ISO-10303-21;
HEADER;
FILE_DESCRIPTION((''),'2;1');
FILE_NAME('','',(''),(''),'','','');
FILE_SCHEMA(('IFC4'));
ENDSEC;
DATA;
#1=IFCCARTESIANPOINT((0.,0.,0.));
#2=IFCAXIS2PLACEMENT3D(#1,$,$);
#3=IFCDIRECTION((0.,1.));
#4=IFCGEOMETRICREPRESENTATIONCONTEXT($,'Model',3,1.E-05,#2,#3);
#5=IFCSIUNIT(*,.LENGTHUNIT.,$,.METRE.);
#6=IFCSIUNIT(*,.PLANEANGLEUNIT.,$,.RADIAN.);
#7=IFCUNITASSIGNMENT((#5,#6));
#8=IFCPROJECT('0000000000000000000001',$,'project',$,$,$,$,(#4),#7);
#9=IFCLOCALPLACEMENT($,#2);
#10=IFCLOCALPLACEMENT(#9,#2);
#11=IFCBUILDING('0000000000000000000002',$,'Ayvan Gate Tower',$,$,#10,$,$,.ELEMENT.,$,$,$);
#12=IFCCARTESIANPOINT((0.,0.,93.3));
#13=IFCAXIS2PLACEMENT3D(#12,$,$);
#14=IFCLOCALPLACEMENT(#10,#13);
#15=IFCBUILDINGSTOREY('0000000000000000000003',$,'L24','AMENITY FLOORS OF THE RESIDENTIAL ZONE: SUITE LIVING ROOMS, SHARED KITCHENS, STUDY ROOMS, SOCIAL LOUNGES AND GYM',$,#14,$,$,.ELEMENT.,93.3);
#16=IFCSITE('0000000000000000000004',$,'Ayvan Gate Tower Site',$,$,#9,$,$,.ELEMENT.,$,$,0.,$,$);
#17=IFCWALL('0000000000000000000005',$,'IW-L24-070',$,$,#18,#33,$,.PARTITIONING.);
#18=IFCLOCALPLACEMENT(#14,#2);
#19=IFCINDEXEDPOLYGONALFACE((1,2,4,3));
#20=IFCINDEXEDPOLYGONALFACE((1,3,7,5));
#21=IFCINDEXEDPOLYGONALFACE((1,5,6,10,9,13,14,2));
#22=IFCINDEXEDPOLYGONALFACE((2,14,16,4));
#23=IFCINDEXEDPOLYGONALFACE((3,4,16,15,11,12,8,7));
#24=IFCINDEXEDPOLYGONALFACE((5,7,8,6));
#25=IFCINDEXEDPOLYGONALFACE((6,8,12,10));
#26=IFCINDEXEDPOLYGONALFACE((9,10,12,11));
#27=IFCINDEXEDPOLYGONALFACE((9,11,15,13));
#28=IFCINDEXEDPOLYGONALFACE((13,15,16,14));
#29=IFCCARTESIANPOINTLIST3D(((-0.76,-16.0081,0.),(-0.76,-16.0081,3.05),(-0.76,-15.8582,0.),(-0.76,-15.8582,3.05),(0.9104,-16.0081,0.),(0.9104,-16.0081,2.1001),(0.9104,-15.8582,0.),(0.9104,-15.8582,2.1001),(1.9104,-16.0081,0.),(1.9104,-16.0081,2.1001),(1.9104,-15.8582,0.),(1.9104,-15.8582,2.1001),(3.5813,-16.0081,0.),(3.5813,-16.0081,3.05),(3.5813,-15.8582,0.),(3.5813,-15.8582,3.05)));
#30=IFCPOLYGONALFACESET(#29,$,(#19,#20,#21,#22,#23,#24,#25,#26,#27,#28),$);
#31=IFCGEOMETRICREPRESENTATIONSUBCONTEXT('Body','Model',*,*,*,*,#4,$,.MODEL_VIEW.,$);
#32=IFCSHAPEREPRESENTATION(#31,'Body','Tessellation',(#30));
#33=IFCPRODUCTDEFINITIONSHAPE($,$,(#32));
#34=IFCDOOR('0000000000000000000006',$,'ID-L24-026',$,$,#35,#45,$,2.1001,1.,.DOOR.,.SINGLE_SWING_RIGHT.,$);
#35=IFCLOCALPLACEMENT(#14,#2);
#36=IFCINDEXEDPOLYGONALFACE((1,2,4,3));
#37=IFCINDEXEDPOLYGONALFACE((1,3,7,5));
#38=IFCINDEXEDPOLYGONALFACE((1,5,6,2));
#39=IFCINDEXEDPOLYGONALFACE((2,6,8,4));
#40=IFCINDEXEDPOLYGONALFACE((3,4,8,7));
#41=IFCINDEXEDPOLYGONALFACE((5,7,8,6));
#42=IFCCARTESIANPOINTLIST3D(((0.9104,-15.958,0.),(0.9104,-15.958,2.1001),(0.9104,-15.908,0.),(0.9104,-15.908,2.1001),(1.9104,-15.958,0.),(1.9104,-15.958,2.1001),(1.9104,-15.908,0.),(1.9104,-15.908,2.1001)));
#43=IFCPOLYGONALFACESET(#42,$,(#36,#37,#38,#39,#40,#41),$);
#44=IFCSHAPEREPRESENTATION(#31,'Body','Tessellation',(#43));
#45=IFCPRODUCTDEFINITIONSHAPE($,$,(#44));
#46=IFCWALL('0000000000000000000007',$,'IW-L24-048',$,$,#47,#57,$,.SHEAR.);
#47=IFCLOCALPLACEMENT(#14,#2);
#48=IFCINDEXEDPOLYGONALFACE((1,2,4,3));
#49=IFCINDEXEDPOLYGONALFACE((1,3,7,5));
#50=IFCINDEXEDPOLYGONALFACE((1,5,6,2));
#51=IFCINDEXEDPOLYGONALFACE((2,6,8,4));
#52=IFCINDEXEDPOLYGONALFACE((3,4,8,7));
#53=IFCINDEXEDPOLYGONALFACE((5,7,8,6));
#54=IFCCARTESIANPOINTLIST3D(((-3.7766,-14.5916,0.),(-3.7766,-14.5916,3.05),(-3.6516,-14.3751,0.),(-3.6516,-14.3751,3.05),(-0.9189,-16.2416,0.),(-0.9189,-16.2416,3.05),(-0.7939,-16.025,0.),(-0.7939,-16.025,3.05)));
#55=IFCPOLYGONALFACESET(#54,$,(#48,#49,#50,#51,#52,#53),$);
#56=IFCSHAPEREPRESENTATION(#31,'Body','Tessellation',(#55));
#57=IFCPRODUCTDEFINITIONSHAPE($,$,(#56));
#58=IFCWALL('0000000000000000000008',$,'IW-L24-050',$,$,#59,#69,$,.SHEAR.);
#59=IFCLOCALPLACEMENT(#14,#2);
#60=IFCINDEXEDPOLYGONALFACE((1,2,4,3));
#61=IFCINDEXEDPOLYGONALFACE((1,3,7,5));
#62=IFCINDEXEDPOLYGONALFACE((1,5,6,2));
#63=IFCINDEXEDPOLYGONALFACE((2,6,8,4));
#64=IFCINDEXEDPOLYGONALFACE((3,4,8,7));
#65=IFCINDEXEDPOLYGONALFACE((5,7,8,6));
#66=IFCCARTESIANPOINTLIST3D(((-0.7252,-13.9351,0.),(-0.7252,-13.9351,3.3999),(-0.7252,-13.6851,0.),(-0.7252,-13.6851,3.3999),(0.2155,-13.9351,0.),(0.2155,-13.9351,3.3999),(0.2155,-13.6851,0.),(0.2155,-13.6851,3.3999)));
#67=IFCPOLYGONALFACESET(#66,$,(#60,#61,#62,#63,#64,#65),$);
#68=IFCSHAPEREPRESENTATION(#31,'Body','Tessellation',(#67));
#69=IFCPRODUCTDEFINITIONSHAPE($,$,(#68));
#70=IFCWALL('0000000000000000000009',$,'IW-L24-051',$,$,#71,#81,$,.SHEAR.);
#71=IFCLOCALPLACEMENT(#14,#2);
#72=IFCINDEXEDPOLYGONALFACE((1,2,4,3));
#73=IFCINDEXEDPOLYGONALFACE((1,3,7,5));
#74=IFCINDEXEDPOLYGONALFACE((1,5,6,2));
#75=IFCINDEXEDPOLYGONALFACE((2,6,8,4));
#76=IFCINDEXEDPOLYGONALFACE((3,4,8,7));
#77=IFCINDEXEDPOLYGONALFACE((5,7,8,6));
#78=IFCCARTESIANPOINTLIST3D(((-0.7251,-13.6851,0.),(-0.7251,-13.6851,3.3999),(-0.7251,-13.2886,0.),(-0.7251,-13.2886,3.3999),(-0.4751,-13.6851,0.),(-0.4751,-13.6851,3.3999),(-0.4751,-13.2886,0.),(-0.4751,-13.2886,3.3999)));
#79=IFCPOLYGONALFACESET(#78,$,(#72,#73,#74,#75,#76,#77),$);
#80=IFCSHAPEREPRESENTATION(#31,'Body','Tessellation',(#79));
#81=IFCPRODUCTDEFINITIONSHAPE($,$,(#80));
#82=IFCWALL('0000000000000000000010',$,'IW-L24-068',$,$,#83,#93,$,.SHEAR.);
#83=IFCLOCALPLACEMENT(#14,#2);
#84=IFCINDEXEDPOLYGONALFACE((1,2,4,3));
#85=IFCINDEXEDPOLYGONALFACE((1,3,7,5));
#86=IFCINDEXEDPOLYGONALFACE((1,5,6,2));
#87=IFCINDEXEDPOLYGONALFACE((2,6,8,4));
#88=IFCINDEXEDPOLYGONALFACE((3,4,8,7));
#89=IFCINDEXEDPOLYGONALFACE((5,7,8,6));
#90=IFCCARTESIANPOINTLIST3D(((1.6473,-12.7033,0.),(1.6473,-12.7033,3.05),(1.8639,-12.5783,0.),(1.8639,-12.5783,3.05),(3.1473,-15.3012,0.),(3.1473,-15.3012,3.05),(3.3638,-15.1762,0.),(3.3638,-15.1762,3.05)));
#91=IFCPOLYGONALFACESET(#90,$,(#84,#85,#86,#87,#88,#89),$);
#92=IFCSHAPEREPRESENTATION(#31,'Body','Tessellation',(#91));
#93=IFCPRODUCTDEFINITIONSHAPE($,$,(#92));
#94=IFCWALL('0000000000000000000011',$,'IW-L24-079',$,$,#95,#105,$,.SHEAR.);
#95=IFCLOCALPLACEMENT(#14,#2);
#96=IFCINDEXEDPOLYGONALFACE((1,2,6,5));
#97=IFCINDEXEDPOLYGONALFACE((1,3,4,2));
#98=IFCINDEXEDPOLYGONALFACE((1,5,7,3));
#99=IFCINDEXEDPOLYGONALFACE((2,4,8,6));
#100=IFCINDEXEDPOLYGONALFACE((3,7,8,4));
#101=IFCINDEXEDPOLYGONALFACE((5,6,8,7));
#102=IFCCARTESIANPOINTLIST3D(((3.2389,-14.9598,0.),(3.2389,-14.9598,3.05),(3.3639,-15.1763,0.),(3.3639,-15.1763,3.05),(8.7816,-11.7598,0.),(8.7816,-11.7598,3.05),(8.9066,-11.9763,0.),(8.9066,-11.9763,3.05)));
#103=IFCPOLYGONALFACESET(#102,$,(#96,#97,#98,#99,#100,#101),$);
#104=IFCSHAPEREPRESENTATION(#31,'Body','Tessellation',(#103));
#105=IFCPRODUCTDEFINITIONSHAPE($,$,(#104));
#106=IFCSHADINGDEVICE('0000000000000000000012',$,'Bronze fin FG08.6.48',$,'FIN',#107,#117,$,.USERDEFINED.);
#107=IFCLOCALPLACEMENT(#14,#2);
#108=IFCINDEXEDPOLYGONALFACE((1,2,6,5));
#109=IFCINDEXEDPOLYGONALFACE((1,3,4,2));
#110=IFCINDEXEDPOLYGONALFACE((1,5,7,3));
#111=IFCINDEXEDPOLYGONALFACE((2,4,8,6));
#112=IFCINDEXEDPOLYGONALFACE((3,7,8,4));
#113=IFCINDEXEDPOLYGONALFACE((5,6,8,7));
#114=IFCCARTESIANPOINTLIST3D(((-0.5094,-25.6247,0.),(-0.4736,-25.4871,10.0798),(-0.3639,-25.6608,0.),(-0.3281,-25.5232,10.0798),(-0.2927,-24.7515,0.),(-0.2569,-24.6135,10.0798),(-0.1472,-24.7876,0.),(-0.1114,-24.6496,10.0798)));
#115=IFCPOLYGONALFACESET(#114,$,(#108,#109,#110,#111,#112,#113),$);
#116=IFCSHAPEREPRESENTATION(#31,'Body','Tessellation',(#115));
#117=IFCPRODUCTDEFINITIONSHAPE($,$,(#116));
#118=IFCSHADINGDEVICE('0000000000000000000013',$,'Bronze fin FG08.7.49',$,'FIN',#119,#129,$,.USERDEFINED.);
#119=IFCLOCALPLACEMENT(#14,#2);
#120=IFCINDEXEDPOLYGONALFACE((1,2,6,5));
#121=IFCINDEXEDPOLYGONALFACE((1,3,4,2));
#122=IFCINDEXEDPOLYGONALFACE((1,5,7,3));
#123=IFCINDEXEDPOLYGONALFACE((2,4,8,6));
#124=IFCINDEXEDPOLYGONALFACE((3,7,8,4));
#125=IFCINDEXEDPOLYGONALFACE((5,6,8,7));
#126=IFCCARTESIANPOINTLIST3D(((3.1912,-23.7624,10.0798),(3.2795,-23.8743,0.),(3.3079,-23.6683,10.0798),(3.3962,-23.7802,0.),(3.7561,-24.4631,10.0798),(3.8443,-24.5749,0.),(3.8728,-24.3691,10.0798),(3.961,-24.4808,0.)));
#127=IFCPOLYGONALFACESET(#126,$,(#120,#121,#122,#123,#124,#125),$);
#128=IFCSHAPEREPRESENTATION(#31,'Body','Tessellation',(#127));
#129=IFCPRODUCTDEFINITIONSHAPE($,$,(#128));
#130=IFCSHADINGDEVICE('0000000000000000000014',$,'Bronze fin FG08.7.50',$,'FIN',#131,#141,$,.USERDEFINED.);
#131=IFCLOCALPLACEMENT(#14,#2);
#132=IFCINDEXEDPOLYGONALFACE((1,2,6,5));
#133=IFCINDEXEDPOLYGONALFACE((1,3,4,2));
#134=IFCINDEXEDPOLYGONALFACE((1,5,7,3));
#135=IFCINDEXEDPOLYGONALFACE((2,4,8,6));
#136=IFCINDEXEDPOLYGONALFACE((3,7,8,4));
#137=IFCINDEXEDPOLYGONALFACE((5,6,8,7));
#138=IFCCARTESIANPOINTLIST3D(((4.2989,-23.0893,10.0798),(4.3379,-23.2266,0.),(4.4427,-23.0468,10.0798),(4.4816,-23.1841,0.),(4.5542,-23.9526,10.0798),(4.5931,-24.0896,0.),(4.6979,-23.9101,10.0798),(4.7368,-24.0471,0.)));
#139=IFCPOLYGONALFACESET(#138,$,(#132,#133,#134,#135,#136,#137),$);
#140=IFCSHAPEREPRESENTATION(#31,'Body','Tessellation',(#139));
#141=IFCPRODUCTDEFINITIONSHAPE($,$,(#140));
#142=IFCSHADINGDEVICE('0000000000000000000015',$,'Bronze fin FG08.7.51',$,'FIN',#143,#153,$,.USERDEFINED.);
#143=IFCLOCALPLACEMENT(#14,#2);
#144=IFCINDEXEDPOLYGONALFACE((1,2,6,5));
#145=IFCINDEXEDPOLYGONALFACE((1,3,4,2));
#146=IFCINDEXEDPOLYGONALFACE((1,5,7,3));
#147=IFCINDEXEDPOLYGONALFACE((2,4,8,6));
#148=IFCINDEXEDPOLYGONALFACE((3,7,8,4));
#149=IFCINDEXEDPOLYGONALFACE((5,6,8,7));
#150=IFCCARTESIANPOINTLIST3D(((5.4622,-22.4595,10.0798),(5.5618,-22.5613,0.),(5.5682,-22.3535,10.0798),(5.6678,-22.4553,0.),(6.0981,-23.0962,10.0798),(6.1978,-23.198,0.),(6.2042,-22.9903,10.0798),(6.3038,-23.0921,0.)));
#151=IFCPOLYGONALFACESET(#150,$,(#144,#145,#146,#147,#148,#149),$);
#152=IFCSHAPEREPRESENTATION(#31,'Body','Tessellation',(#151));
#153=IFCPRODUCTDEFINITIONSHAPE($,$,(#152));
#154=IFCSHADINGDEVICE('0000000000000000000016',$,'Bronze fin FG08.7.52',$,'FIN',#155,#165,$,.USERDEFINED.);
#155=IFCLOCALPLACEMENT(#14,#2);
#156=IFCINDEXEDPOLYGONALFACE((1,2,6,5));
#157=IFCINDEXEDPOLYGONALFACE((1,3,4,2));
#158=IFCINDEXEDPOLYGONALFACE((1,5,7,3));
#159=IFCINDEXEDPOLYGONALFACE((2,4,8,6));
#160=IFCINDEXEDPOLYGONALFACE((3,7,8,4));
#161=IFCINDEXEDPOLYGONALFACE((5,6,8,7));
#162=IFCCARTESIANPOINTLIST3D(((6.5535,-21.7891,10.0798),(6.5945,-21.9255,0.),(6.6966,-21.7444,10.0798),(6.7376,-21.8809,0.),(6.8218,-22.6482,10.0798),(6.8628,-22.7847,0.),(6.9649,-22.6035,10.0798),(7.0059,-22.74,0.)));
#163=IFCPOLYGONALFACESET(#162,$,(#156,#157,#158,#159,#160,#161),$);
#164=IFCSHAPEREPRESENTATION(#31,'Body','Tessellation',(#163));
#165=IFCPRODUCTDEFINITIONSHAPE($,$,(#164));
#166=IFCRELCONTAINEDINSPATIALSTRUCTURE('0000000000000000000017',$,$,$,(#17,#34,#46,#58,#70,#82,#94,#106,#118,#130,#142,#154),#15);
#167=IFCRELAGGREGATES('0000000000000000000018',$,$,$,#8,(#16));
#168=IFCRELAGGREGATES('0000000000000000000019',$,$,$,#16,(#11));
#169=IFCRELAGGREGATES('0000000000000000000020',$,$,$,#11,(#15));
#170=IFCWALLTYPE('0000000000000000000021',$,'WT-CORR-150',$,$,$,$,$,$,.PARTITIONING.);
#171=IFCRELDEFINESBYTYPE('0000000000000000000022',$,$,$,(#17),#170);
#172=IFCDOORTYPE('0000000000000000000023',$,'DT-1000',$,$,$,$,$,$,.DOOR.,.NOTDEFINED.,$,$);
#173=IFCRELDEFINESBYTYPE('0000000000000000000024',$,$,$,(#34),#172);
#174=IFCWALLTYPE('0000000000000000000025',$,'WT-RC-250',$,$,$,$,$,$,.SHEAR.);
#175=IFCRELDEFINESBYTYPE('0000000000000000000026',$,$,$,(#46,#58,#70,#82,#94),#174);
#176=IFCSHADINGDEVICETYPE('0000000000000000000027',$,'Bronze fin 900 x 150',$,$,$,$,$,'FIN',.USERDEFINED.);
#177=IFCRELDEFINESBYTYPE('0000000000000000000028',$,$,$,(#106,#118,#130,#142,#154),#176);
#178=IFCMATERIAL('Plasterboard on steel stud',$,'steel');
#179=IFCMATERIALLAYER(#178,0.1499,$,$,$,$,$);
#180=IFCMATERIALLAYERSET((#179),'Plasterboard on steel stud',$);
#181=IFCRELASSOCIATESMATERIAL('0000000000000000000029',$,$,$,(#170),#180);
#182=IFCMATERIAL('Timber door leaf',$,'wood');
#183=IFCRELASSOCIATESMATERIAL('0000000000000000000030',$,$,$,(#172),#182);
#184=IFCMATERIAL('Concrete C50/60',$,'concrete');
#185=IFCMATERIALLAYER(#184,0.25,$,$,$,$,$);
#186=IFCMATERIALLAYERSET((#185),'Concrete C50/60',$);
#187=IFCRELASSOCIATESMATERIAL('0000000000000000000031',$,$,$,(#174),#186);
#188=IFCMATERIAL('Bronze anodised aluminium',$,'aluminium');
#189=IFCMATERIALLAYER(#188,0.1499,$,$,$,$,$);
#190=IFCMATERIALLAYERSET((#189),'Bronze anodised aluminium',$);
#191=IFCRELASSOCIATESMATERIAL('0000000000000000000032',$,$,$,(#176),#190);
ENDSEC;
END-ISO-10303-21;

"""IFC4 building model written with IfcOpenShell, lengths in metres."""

from ifc_helpers import new_model, si_unit, direction, frame, frame_2d, origin, place, context, subcontext, project, spatial, polyline, rectangle, outline, extrude, material, layer, layer_set, type_object, element, fill, save


model = new_model("IFC4")

# Units and contexts
model_context = context("Model", 3, precision=1e-05, world=origin(), true_north=direction((0.0, 1.0)))
body_context = subcontext(model_context, "Body", "Model", "MODEL_VIEW")
ifc_project = project(units=[si_unit("LENGTHUNIT", "METRE"), si_unit("PLANEANGLEUNIT", "RADIAN")], contexts=[model_context])

# Site, building, storey
site_placement = place(None, origin())
site = spatial("IfcSite", under=ifc_project, at=site_placement, Name="Ayvan Gate Tower Site", CompositionType="ELEMENT", RefElevation=0.0)
building_placement = place(site_placement, origin())
building = spatial("IfcBuilding", under=site, at=building_placement, Name="Ayvan Gate Tower", CompositionType="ELEMENT")
storey_placement = place(building_placement, frame((0.0, 0.0, 93.3)))
storey = spatial("IfcBuildingStorey", under=building, at=storey_placement, Name="L24", Description="AMENITY FLOORS OF THE RESIDENTIAL ZONE: SUITE LIVING ROOMS, SHARED KITCHENS, STUDY ROOMS, SOCIAL LOUNGES AND GYM", CompositionType="ELEMENT", Elevation=93.3)

# Shared definitions
ifc_material_1 = material(Name="Bronze anodised aluminium", Category="aluminium")

# Shared definitions
ifc_material_2 = material(Name="Plasterboard on steel stud", Category="steel")
ifc_layer_1 = layer(ifc_material_2, 0.1499)
ifc_layer_set_1 = layer_set([ifc_layer_1], Name="Plasterboard on steel stud")
wall_type_1 = type_object("IfcWallType", Name="WT-CORR-150", PredefinedType="PARTITIONING", material=ifc_layer_set_1)

# Wall, opening, door
wall_1_placement = place(storey_placement, frame((3.5813, -15.9331, 0.0), z_axis=(0.0, 0.0, 1.0), x_axis=(-1.0, 0.0, 0.0)))
wall_1 = element("IfcWall", 1, at=wall_1_placement, inside=storey, type_object=wall_type_1, Name="IW-L24-070", PredefinedType="PARTITIONING", context=body_context, shape_type="SweptSolid", body=[
    extrude(rectangle(XDim=4.3413, YDim=0.1499, at=frame_2d((2.1707, 0.0))), origin(), (0.0, 0.0, 1.0), 3.05),
])
opening_placement = place(wall_1_placement, frame((1.6709, 0.0, 0.0)))
opening = element("IfcOpeningElement", 2, at=opening_placement, cuts=wall_1, PredefinedType="OPENING", context=body_context, shape_type="SweptSolid", body=[
    extrude(rectangle(XDim=1.0, YDim=2.1001, at=frame_2d((0.5, 1.05))), frame((0.0, 0.085, 0.0), z_axis=(0.0, -1.0, 0.0), x_axis=(1.0, 0.0, 0.0)), (0.0, 0.0, 1.0), 0.1699),
])
ifc_material_3 = material(Name="Timber door leaf", Category="wood")
door_type = type_object("IfcDoorType", Name="DT-1000", OperationType="NOTDEFINED", PredefinedType="DOOR", material=ifc_material_3)
door_placement = place(opening_placement, origin())
door = element("IfcDoor", 3, at=door_placement, inside=storey, type_object=door_type, Name="ID-L24-026", OperationType="SINGLE_SWING_RIGHT", OverallHeight=2.1001, OverallWidth=1.0, PredefinedType="DOOR", context=body_context, shape_type="SweptSolid", body=[
    extrude(rectangle(XDim=1.0, YDim=2.1001, at=frame_2d((0.5, 1.05))), frame((0.0, 0.0249, 0.0), z_axis=(0.0, -1.0, 0.0), x_axis=(1.0, 0.0, 0.0)), (0.0, 0.0, 1.0), 0.05),
])
fill(opening, door)

# Walls
ifc_material_4 = material(Name="Concrete C50/60", Category="concrete")
ifc_layer_2 = layer(ifc_material_4, 0.25)
ifc_layer_set_2 = layer_set([ifc_layer_2], Name="Concrete C50/60")
wall_type_2 = type_object("IfcWallType", Name="WT-RC-250", PredefinedType="SHEAR", material=ifc_layer_set_2)
wall_2_placement = place(storey_placement, frame((-0.8564, -16.1333, 0.0), z_axis=(0.0, 0.0, 1.0), x_axis=(-0.866022, 0.500006, 0.0)))
element("IfcWall", 4, at=wall_2_placement, inside=storey, type_object=wall_type_2, Name="IW-L24-048", PredefinedType="SHEAR", context=body_context, shape_type="SweptSolid", body=[
    extrude(rectangle(XDim=3.2998, YDim=0.25, at=frame_2d((1.6499, 0.0))), origin(), (0.0, 0.0, 1.0), 3.05),
])
wall_3_placement = place(storey_placement, frame((-0.7251, -13.8101, 0.0), z_axis=(0.0, 0.0, 1.0), x_axis=(1.0, 0.0, 0.0)))
element("IfcWall", 5, at=wall_3_placement, inside=storey, type_object=wall_type_2, Name="IW-L24-050", PredefinedType="SHEAR", context=body_context, shape_type="SweptSolid", body=[
    extrude(rectangle(XDim=0.9407, YDim=0.25, at=frame_2d((0.4702, 0.0))), origin(), (0.0, 0.0, 1.0), 3.3999),
])
wall_4_placement = place(storey_placement, frame((-0.6001, -13.2886, 0.0), z_axis=(0.0, 0.0, 1.0), x_axis=(0.0, -1.0, 0.0)))
element("IfcWall", 6, at=wall_4_placement, inside=storey, type_object=wall_type_2, Name="IW-L24-051", PredefinedType="SHEAR", context=body_context, shape_type="SweptSolid", body=[
    extrude(rectangle(XDim=0.3965, YDim=0.25, at=frame_2d((0.1982, 0.0))), origin(), (0.0, 0.0, 1.0), 3.3999),
])
wall_5_placement = place(storey_placement, frame((3.2556, -15.2388, 0.0), z_axis=(0.0, 0.0, 1.0), x_axis=(-0.500025, 0.866011, 0.0)))
element("IfcWall", 7, at=wall_5_placement, inside=storey, type_object=wall_type_2, Name="IW-L24-068", PredefinedType="SHEAR", context=body_context, shape_type="SweptSolid", body=[
    extrude(rectangle(XDim=2.9998, YDim=0.25, at=frame_2d((1.5, 0.0))), origin(), (0.0, 0.0, 1.0), 3.05),
])
wall_6_placement = place(storey_placement, frame((3.3013, -15.0681, 0.0), z_axis=(0.0, 0.0, 1.0), x_axis=(0.866035, 0.499983, 0.0)))
element("IfcWall", 8, at=wall_6_placement, inside=storey, type_object=wall_type_2, Name="IW-L24-079", PredefinedType="SHEAR", context=body_context, shape_type="SweptSolid", body=[
    extrude(rectangle(XDim=6.4001, YDim=0.25, at=frame_2d((3.2002, 0.0))), origin(), (0.0, 0.0, 1.0), 3.05),
])

# Shading devices
ifc_layer_3 = layer(ifc_material_1, 0.1499)
ifc_layer_set_3 = layer_set([ifc_layer_3], Name="Bronze anodised aluminium")
shading_device_type = type_object("IfcShadingDeviceType", Name="Bronze fin 900 x 150", ElementType="FIN", PredefinedType="USERDEFINED", material=ifc_layer_set_3)
shading_device_1_placement = place(storey_placement, frame((-0.2927, -24.7515, 0.0), z_axis=(-0.97058, 0.24078, 0.000152), x_axis=(-0.24078, -0.97058, 0.0)))
element("IfcShadingDevice", 9, at=shading_device_1_placement, inside=storey, type_object=shading_device_type, Name="Bronze fin FG08.6.48", ObjectType="FIN", PredefinedType="USERDEFINED", context=body_context, shape_type="SweptSolid", body=[
    extrude(outline(polyline([(0.0, 0.0), (0.8997, 0.0), (0.7575, 10.0798), (-0.1425, 10.0798), (0.0, 0.0)])), origin(), (0.0, 0.0, -1.0), 0.1499),
])
shading_device_2_placement = place(storey_placement, frame((3.2795, -23.8743, 0.0), z_axis=(-0.778548, -0.627585, 0.000145), x_axis=(0.627585, -0.778548, 0.0)))
element("IfcShadingDevice", 10, at=shading_device_2_placement, inside=storey, type_object=shading_device_type, Name="Bronze fin FG08.7.49", ObjectType="FIN", PredefinedType="USERDEFINED", context=body_context, shape_type="SweptSolid", body=[
    extrude(outline(polyline([(0.0, 0.0), (0.8999, 0.0), (0.7575, 10.0798), (-0.1425, 10.0798), (0.0, 0.0)])), origin(), (0.0, 0.0, -1.0), 0.1499),
])
shading_device_3_placement = place(storey_placement, frame((4.3379, -23.2266, 0.0), z_axis=(-0.95895, -0.283576, 0.000152), x_axis=(0.283576, -0.95895, 0.0)))
element("IfcShadingDevice", 11, at=shading_device_3_placement, inside=storey, type_object=shading_device_type, Name="Bronze fin FG08.7.50", ObjectType="FIN", PredefinedType="USERDEFINED", context=body_context, shape_type="SweptSolid", body=[
    extrude(outline(polyline([(0.0, 0.0), (0.9, 0.0), (0.7576, 10.0798), (-0.1427, 10.0798), (0.0, 0.0)])), origin(), (0.0, 0.0, -1.0), 0.1499),
])
shading_device_4_placement = place(storey_placement, frame((5.5618, -22.5613, 0.0), z_axis=(-0.707514, -0.7067, 0.000146), x_axis=(0.7067, -0.707514, 0.0)))
element("IfcShadingDevice", 12, at=shading_device_4_placement, inside=storey, type_object=shading_device_type, Name="Bronze fin FG08.7.51", ObjectType="FIN", PredefinedType="USERDEFINED", context=body_context, shape_type="SweptSolid", body=[
    extrude(outline(polyline([(0.0, 0.0), (0.8999, 0.0), (0.7575, 10.0798), (-0.1424, 10.0798), (0.0, 0.0)])), origin(), (0.0, 0.0, -1.0), 0.1499),
])
shading_device_5_placement = place(storey_placement, frame((6.5945, -21.9255, 0.0), z_axis=(-0.954533, -0.298105, 0.000152), x_axis=(0.298105, -0.954533, 0.0)))
element("IfcShadingDevice", 13, at=shading_device_5_placement, inside=storey, type_object=shading_device_type, Name="Bronze fin FG08.7.52", ObjectType="FIN", PredefinedType="USERDEFINED", context=body_context, shape_type="SweptSolid", body=[
    extrude(outline(polyline([(0.0, 0.0), (0.9001, 0.0), (0.7576, 10.0798), (-0.1425, 10.0798), (0.0, 0.0)])), origin(), (0.0, 0.0, -1.0), 0.1499),
])

save(model, "model.ifc")
